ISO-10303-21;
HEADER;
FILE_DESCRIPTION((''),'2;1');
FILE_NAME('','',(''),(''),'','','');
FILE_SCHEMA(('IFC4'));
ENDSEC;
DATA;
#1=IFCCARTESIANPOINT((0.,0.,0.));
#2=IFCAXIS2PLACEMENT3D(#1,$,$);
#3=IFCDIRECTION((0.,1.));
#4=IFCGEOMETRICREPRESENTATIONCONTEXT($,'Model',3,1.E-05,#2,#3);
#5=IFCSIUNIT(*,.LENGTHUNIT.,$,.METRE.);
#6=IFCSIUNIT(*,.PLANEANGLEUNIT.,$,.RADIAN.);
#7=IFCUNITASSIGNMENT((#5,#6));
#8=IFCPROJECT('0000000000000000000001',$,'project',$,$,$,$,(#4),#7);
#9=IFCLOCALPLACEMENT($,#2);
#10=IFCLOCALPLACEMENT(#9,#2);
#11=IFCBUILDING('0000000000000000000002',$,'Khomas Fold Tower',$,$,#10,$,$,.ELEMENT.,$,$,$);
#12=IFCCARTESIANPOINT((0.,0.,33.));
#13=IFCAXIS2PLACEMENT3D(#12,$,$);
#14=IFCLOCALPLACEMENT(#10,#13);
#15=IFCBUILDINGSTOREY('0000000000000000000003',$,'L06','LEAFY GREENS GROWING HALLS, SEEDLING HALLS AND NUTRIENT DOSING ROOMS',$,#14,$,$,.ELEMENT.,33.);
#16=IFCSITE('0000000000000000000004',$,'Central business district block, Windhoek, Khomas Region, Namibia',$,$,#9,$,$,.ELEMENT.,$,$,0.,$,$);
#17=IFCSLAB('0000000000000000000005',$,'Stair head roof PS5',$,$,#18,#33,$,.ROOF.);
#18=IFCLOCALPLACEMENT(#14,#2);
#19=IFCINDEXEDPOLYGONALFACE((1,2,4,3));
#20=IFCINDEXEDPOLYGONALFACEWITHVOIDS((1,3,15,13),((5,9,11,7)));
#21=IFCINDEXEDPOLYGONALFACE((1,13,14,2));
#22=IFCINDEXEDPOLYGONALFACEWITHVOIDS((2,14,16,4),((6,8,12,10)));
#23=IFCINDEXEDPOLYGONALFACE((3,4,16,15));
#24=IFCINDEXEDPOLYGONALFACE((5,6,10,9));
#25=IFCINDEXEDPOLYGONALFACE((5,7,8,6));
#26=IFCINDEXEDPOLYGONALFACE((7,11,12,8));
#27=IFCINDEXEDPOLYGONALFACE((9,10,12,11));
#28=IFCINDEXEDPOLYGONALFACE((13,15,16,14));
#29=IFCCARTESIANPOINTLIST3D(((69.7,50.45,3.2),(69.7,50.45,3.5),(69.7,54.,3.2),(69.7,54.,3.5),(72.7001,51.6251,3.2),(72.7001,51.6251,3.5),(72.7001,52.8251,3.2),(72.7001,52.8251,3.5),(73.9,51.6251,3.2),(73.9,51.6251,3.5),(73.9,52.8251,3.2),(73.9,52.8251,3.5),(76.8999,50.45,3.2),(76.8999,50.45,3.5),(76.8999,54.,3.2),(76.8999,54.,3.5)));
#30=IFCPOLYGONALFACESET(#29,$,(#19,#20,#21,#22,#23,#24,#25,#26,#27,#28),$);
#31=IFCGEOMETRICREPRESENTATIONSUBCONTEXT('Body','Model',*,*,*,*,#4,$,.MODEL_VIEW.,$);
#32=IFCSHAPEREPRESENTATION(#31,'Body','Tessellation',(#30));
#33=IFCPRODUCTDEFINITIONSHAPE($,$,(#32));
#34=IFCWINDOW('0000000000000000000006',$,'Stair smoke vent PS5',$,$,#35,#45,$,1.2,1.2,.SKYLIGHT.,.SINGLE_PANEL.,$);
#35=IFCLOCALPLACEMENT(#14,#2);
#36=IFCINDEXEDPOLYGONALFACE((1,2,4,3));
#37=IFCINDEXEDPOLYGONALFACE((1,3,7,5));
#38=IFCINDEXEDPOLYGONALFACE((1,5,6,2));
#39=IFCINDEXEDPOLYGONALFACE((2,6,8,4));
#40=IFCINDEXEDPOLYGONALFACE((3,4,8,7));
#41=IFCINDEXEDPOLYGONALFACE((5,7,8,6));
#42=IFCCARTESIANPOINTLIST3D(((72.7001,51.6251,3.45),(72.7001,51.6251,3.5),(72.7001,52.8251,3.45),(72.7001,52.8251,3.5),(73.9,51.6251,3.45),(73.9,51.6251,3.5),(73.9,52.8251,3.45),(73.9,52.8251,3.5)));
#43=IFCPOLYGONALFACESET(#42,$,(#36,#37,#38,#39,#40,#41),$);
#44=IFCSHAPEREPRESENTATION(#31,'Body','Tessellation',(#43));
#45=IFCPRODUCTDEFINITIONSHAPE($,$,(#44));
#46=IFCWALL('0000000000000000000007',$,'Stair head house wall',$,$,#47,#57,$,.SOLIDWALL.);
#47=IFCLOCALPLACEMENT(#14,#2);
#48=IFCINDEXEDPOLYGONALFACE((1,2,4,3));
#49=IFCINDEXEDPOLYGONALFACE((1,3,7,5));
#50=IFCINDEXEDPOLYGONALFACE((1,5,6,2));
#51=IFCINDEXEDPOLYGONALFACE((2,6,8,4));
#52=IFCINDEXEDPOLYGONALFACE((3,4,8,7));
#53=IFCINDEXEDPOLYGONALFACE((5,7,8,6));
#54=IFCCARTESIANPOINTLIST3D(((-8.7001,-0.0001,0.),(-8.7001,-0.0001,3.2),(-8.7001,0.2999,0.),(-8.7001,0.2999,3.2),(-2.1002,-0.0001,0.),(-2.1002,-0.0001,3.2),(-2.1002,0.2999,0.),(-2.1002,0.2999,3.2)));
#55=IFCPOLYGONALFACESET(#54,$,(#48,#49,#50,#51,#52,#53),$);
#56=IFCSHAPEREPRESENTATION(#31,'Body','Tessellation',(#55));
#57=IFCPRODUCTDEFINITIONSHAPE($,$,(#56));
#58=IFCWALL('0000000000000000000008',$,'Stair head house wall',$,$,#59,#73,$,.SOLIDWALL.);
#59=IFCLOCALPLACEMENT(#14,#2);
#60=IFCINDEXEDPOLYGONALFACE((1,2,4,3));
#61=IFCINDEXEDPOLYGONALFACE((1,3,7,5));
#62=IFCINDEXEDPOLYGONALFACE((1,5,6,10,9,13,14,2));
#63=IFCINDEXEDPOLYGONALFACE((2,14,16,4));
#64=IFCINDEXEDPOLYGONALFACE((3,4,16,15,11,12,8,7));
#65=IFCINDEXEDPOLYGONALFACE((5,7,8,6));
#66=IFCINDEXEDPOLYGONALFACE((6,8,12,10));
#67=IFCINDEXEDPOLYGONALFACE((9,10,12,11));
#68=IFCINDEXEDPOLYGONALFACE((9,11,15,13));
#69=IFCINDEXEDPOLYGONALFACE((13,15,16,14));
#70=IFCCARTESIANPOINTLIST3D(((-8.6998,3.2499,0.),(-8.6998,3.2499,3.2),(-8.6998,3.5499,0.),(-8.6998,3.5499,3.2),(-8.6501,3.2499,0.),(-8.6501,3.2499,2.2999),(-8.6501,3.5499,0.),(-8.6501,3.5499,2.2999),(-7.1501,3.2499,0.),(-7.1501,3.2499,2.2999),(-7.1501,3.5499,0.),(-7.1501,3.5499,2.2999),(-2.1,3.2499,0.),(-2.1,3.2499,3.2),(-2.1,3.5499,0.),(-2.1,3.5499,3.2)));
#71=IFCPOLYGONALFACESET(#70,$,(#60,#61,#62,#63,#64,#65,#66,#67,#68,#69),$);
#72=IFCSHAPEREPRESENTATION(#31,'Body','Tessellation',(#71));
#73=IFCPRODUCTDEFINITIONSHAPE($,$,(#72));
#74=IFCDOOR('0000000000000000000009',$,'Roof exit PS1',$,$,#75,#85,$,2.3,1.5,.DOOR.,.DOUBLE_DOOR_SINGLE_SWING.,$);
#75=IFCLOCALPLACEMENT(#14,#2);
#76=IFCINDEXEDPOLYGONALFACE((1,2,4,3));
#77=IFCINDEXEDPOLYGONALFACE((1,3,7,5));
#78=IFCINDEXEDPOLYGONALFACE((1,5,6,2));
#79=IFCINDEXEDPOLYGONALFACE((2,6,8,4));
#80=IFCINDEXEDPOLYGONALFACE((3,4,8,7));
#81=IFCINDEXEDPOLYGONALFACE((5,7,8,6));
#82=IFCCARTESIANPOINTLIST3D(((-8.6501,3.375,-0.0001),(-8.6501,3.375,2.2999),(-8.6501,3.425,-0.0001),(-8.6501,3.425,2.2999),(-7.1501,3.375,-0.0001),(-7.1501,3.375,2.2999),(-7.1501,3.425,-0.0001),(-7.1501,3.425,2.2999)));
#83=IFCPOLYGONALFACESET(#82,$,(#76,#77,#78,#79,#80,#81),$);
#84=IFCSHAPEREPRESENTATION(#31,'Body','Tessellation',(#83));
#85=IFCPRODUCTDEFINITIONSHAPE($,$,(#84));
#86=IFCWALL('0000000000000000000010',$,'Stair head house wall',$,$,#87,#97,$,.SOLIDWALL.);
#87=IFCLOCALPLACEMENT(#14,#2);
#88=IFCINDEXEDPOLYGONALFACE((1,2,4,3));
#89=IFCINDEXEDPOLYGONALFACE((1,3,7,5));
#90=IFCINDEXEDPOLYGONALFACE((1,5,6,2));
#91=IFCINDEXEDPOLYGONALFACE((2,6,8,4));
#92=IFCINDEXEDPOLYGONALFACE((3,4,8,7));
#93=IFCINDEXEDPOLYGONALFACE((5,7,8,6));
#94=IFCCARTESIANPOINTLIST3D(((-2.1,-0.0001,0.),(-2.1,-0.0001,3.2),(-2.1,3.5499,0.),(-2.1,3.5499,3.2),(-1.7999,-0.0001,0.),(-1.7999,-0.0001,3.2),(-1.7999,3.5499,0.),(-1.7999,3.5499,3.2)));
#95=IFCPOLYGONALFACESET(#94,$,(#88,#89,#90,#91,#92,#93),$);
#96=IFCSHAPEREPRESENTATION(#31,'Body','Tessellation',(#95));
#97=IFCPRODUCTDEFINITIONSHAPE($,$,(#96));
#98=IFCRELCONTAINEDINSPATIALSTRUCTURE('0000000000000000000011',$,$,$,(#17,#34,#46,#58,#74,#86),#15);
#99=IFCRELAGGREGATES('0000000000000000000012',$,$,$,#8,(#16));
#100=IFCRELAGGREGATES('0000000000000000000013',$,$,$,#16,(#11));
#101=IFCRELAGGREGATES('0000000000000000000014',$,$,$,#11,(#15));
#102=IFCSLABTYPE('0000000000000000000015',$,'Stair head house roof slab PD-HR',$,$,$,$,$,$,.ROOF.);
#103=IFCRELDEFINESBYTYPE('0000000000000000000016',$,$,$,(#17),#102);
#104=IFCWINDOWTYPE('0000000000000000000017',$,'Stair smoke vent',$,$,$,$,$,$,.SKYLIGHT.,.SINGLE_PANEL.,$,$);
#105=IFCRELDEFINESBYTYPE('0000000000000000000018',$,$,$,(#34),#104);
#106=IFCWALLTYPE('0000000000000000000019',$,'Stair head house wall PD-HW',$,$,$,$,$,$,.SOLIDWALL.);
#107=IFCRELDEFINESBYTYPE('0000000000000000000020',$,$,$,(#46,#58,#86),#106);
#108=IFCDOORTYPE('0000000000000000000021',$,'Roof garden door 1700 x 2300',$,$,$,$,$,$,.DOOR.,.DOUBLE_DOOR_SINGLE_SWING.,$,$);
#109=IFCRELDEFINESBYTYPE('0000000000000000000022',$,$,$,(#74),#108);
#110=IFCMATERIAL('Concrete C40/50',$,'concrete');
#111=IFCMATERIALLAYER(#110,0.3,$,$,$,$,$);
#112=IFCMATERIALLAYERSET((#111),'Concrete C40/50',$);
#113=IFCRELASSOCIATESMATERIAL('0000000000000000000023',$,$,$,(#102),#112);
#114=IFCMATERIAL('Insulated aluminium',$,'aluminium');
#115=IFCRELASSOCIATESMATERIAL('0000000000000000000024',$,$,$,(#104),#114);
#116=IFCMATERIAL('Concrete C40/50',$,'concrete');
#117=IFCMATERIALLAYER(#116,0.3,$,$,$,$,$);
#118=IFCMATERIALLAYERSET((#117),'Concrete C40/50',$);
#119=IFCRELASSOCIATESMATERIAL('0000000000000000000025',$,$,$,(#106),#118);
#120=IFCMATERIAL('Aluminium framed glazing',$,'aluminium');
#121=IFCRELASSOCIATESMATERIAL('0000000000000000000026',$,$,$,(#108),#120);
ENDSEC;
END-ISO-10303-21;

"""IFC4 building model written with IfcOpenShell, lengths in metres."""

from ifc_helpers import new_model, si_unit, direction, frame, frame_2d, origin, origin_2d, place, context, subcontext, project, spatial, polyline, rectangle, outline, extrude, source, transform, mapped, material, layer, layer_set, type_object, element, fill, save


model = new_model("IFC4")

# Units and contexts
model_context = context("Model", 3, precision=1e-05, world=origin(), true_north=direction((0.0, 1.0)))
body_context = subcontext(model_context, "Body", "Model", "MODEL_VIEW")
ifc_project = project(units=[si_unit("LENGTHUNIT", "METRE"), si_unit("PLANEANGLEUNIT", "RADIAN")], contexts=[model_context])

# Site, building, storey
site_placement = place(None, origin())
site = spatial("IfcSite", under=ifc_project, at=site_placement, Name="Central business district block, Windhoek, Khomas Region, Namibia", CompositionType="ELEMENT", RefElevation=0.0)
building_placement = place(site_placement, origin())
building = spatial("IfcBuilding", under=site, at=building_placement, Name="Khomas Fold Tower", CompositionType="ELEMENT")
storey_placement = place(building_placement, frame((0.0, 0.0, 33.0)))
storey = spatial("IfcBuildingStorey", under=building, at=storey_placement, Name="L06", Description="LEAFY GREENS GROWING HALLS, SEEDLING HALLS AND NUTRIENT DOSING ROOMS", CompositionType="ELEMENT", Elevation=33.0)

# Slab, opening, window
ifc_material_1 = material(Name="Concrete C40/50", Category="concrete")
ifc_layer_1 = layer(ifc_material_1, 0.3)
ifc_layer_set_1 = layer_set([ifc_layer_1], Name="Concrete C40/50")
slab_type_1 = type_object("IfcSlabType", Name="Stair head house roof slab PD-HR", PredefinedType="ROOF", material=ifc_layer_set_1)
ifc_material_2 = material(Name="Insulated aluminium", Category="aluminium")
window_type = type_object("IfcWindowType", Name="Stair smoke vent", PartitioningType="SINGLE_PANEL", PredefinedType="SKYLIGHT", material=ifc_material_2)
shared_shape_1 = source(origin(), body_context, "Body", "SweptSolid", [
    extrude(outline(polyline([(69.7, 50.45), (76.8999, 50.45), (76.8999, 54.0), (69.7, 54.0), (69.7, 50.45)])), origin(), (0.0, 0.0, 1.0), 0.3),
])
slab_1_placement = place(storey_placement, frame((0.0, 0.0, 3.2)))
slab_1 = element("IfcSlab", 1, at=slab_1_placement, inside=storey, type_object=slab_type_1, Name="Stair head roof PS5", PredefinedType="ROOF", context=body_context, shape_type="MappedRepresentation", body=[
    mapped(shared_shape_1, transform((0.0, 0.0, 0.0))),
])
opening_1_placement = place(slab_1_placement, frame((73.3, 52.2251, 0.0)))
opening_1 = element("IfcOpeningElement", 2, at=opening_1_placement, cuts=slab_1, PredefinedType="OPENING", context=body_context, shape_type="SweptSolid", body=[
    extrude(rectangle(XDim=1.2, YDim=1.2, at=origin_2d()), origin(), (0.0, 0.0, 1.0), 0.3),
])
window_1_placement = place(opening_1_placement, frame((0.0, 0.0, 0.25)))
window_1 = element("IfcWindow", 3, at=window_1_placement, inside=storey, type_object=window_type, Name="Stair smoke vent PS5", OverallHeight=1.2, OverallWidth=1.2, PartitioningType="SINGLE_PANEL", PredefinedType="SKYLIGHT", context=body_context, shape_type="SweptSolid", body=[
    extrude(rectangle(XDim=1.2, YDim=1.2, at=origin_2d()), origin(), (0.0, 0.0, 1.0), 0.05),
])
fill(opening_1, window_1)

# Wall
ifc_material_3 = material(Name="Concrete C40/50", Category="concrete")
ifc_layer_2 = layer(ifc_material_3, 0.3)
ifc_layer_set_2 = layer_set([ifc_layer_2], Name="Concrete C40/50")
wall_type = type_object("IfcWallType", Name="Stair head house wall PD-HW", PredefinedType="SOLIDWALL", material=ifc_layer_set_2)
shared_shape_2 = source(origin(), body_context, "Body", "SweptSolid", [
    extrude(rectangle(XDim=6.5999, YDim=0.3, at=frame_2d((3.2998, 0.0))), origin(), (0.0, 0.0, 1.0), 3.2),
])
wall_1_placement = place(storey_placement, frame((-8.7, 0.1499, 0.0), z_axis=(0.0, 0.0, 1.0), x_axis=(1.0, 0.0, 0.0)))
element("IfcWall", 4, at=wall_1_placement, inside=storey, type_object=wall_type, Name="Stair head house wall", PredefinedType="SOLIDWALL", context=body_context, shape_type="MappedRepresentation", body=[
    mapped(shared_shape_2, transform((0.0, 0.0, 0.0))),
])

# Wall, opening, door
wall_2_placement = place(storey_placement, frame((-2.1001, 3.3999, 0.0), z_axis=(0.0, 0.0, 1.0), x_axis=(-1.0, 0.0, 0.0)))
wall_2 = element("IfcWall", 5, at=wall_2_placement, inside=storey, type_object=wall_type, Name="Stair head house wall", PredefinedType="SOLIDWALL", context=body_context, shape_type="MappedRepresentation", body=[
    mapped(shared_shape_2, transform((0.0, 0.0, 0.0))),
])
shared_shape_3 = source(origin(), body_context, "Body", "SweptSolid", [
    extrude(rectangle(XDim=1.5, YDim=2.3, at=frame_2d((0.75, 1.1499))), frame((0.0, 0.1599, 0.0), z_axis=(0.0, -1.0, 0.0), x_axis=(1.0, 0.0, 0.0)), (0.0, 0.0, 1.0), 0.3201),
])
opening_2_placement = place(wall_2_placement, frame((5.05, 0.0, 0.0)))
opening_2 = element("IfcOpeningElement", 6, at=opening_2_placement, cuts=wall_2, PredefinedType="OPENING", context=body_context, shape_type="MappedRepresentation", body=[
    mapped(shared_shape_3, transform((0.0, 0.0, 0.0))),
])
ifc_material_4 = material(Name="Aluminium framed glazing", Category="aluminium")
door_type = type_object("IfcDoorType", Name="Roof garden door 1700 x 2300", OperationType="DOUBLE_DOOR_SINGLE_SWING", PredefinedType="DOOR", material=ifc_material_4)
shared_shape_4 = source(origin(), body_context, "Body", "SweptSolid", [
    extrude(rectangle(XDim=1.5, YDim=2.3, at=frame_2d((0.75, 1.1499))), frame((0.0, 0.0249, 0.0), z_axis=(0.0, -1.0, 0.0), x_axis=(1.0, 0.0, 0.0)), (0.0, 0.0, 1.0), 0.05),
])
door_placement = place(opening_2_placement, origin())
door = element("IfcDoor", 7, at=door_placement, inside=storey, type_object=door_type, Name="Roof exit PS1", OperationType="DOUBLE_DOOR_SINGLE_SWING", OverallHeight=2.3, OverallWidth=1.5, PredefinedType="DOOR", context=body_context, shape_type="MappedRepresentation", body=[
    mapped(shared_shape_4, transform((0.0, 0.0, 0.0))),
])
fill(opening_2, door)

# Wall
shared_shape_5 = source(origin(), body_context, "Body", "SweptSolid", [
    extrude(rectangle(XDim=3.55, YDim=0.3, at=frame_2d((1.7749, 0.0))), origin(), (0.0, 0.0, 1.0), 3.2),
])
wall_3_placement = place(storey_placement, frame((-1.95, 0.0, 0.0), z_axis=(0.0, 0.0, 1.0), x_axis=(0.0, 1.0, 0.0)))
element("IfcWall", 8, at=wall_3_placement, inside=storey, type_object=wall_type, Name="Stair head house wall", PredefinedType="SOLIDWALL", context=body_context, shape_type="MappedRepresentation", body=[
    mapped(shared_shape_5, transform((0.0, 0.0, 0.0))),
])

save(model, "model.ifc")
